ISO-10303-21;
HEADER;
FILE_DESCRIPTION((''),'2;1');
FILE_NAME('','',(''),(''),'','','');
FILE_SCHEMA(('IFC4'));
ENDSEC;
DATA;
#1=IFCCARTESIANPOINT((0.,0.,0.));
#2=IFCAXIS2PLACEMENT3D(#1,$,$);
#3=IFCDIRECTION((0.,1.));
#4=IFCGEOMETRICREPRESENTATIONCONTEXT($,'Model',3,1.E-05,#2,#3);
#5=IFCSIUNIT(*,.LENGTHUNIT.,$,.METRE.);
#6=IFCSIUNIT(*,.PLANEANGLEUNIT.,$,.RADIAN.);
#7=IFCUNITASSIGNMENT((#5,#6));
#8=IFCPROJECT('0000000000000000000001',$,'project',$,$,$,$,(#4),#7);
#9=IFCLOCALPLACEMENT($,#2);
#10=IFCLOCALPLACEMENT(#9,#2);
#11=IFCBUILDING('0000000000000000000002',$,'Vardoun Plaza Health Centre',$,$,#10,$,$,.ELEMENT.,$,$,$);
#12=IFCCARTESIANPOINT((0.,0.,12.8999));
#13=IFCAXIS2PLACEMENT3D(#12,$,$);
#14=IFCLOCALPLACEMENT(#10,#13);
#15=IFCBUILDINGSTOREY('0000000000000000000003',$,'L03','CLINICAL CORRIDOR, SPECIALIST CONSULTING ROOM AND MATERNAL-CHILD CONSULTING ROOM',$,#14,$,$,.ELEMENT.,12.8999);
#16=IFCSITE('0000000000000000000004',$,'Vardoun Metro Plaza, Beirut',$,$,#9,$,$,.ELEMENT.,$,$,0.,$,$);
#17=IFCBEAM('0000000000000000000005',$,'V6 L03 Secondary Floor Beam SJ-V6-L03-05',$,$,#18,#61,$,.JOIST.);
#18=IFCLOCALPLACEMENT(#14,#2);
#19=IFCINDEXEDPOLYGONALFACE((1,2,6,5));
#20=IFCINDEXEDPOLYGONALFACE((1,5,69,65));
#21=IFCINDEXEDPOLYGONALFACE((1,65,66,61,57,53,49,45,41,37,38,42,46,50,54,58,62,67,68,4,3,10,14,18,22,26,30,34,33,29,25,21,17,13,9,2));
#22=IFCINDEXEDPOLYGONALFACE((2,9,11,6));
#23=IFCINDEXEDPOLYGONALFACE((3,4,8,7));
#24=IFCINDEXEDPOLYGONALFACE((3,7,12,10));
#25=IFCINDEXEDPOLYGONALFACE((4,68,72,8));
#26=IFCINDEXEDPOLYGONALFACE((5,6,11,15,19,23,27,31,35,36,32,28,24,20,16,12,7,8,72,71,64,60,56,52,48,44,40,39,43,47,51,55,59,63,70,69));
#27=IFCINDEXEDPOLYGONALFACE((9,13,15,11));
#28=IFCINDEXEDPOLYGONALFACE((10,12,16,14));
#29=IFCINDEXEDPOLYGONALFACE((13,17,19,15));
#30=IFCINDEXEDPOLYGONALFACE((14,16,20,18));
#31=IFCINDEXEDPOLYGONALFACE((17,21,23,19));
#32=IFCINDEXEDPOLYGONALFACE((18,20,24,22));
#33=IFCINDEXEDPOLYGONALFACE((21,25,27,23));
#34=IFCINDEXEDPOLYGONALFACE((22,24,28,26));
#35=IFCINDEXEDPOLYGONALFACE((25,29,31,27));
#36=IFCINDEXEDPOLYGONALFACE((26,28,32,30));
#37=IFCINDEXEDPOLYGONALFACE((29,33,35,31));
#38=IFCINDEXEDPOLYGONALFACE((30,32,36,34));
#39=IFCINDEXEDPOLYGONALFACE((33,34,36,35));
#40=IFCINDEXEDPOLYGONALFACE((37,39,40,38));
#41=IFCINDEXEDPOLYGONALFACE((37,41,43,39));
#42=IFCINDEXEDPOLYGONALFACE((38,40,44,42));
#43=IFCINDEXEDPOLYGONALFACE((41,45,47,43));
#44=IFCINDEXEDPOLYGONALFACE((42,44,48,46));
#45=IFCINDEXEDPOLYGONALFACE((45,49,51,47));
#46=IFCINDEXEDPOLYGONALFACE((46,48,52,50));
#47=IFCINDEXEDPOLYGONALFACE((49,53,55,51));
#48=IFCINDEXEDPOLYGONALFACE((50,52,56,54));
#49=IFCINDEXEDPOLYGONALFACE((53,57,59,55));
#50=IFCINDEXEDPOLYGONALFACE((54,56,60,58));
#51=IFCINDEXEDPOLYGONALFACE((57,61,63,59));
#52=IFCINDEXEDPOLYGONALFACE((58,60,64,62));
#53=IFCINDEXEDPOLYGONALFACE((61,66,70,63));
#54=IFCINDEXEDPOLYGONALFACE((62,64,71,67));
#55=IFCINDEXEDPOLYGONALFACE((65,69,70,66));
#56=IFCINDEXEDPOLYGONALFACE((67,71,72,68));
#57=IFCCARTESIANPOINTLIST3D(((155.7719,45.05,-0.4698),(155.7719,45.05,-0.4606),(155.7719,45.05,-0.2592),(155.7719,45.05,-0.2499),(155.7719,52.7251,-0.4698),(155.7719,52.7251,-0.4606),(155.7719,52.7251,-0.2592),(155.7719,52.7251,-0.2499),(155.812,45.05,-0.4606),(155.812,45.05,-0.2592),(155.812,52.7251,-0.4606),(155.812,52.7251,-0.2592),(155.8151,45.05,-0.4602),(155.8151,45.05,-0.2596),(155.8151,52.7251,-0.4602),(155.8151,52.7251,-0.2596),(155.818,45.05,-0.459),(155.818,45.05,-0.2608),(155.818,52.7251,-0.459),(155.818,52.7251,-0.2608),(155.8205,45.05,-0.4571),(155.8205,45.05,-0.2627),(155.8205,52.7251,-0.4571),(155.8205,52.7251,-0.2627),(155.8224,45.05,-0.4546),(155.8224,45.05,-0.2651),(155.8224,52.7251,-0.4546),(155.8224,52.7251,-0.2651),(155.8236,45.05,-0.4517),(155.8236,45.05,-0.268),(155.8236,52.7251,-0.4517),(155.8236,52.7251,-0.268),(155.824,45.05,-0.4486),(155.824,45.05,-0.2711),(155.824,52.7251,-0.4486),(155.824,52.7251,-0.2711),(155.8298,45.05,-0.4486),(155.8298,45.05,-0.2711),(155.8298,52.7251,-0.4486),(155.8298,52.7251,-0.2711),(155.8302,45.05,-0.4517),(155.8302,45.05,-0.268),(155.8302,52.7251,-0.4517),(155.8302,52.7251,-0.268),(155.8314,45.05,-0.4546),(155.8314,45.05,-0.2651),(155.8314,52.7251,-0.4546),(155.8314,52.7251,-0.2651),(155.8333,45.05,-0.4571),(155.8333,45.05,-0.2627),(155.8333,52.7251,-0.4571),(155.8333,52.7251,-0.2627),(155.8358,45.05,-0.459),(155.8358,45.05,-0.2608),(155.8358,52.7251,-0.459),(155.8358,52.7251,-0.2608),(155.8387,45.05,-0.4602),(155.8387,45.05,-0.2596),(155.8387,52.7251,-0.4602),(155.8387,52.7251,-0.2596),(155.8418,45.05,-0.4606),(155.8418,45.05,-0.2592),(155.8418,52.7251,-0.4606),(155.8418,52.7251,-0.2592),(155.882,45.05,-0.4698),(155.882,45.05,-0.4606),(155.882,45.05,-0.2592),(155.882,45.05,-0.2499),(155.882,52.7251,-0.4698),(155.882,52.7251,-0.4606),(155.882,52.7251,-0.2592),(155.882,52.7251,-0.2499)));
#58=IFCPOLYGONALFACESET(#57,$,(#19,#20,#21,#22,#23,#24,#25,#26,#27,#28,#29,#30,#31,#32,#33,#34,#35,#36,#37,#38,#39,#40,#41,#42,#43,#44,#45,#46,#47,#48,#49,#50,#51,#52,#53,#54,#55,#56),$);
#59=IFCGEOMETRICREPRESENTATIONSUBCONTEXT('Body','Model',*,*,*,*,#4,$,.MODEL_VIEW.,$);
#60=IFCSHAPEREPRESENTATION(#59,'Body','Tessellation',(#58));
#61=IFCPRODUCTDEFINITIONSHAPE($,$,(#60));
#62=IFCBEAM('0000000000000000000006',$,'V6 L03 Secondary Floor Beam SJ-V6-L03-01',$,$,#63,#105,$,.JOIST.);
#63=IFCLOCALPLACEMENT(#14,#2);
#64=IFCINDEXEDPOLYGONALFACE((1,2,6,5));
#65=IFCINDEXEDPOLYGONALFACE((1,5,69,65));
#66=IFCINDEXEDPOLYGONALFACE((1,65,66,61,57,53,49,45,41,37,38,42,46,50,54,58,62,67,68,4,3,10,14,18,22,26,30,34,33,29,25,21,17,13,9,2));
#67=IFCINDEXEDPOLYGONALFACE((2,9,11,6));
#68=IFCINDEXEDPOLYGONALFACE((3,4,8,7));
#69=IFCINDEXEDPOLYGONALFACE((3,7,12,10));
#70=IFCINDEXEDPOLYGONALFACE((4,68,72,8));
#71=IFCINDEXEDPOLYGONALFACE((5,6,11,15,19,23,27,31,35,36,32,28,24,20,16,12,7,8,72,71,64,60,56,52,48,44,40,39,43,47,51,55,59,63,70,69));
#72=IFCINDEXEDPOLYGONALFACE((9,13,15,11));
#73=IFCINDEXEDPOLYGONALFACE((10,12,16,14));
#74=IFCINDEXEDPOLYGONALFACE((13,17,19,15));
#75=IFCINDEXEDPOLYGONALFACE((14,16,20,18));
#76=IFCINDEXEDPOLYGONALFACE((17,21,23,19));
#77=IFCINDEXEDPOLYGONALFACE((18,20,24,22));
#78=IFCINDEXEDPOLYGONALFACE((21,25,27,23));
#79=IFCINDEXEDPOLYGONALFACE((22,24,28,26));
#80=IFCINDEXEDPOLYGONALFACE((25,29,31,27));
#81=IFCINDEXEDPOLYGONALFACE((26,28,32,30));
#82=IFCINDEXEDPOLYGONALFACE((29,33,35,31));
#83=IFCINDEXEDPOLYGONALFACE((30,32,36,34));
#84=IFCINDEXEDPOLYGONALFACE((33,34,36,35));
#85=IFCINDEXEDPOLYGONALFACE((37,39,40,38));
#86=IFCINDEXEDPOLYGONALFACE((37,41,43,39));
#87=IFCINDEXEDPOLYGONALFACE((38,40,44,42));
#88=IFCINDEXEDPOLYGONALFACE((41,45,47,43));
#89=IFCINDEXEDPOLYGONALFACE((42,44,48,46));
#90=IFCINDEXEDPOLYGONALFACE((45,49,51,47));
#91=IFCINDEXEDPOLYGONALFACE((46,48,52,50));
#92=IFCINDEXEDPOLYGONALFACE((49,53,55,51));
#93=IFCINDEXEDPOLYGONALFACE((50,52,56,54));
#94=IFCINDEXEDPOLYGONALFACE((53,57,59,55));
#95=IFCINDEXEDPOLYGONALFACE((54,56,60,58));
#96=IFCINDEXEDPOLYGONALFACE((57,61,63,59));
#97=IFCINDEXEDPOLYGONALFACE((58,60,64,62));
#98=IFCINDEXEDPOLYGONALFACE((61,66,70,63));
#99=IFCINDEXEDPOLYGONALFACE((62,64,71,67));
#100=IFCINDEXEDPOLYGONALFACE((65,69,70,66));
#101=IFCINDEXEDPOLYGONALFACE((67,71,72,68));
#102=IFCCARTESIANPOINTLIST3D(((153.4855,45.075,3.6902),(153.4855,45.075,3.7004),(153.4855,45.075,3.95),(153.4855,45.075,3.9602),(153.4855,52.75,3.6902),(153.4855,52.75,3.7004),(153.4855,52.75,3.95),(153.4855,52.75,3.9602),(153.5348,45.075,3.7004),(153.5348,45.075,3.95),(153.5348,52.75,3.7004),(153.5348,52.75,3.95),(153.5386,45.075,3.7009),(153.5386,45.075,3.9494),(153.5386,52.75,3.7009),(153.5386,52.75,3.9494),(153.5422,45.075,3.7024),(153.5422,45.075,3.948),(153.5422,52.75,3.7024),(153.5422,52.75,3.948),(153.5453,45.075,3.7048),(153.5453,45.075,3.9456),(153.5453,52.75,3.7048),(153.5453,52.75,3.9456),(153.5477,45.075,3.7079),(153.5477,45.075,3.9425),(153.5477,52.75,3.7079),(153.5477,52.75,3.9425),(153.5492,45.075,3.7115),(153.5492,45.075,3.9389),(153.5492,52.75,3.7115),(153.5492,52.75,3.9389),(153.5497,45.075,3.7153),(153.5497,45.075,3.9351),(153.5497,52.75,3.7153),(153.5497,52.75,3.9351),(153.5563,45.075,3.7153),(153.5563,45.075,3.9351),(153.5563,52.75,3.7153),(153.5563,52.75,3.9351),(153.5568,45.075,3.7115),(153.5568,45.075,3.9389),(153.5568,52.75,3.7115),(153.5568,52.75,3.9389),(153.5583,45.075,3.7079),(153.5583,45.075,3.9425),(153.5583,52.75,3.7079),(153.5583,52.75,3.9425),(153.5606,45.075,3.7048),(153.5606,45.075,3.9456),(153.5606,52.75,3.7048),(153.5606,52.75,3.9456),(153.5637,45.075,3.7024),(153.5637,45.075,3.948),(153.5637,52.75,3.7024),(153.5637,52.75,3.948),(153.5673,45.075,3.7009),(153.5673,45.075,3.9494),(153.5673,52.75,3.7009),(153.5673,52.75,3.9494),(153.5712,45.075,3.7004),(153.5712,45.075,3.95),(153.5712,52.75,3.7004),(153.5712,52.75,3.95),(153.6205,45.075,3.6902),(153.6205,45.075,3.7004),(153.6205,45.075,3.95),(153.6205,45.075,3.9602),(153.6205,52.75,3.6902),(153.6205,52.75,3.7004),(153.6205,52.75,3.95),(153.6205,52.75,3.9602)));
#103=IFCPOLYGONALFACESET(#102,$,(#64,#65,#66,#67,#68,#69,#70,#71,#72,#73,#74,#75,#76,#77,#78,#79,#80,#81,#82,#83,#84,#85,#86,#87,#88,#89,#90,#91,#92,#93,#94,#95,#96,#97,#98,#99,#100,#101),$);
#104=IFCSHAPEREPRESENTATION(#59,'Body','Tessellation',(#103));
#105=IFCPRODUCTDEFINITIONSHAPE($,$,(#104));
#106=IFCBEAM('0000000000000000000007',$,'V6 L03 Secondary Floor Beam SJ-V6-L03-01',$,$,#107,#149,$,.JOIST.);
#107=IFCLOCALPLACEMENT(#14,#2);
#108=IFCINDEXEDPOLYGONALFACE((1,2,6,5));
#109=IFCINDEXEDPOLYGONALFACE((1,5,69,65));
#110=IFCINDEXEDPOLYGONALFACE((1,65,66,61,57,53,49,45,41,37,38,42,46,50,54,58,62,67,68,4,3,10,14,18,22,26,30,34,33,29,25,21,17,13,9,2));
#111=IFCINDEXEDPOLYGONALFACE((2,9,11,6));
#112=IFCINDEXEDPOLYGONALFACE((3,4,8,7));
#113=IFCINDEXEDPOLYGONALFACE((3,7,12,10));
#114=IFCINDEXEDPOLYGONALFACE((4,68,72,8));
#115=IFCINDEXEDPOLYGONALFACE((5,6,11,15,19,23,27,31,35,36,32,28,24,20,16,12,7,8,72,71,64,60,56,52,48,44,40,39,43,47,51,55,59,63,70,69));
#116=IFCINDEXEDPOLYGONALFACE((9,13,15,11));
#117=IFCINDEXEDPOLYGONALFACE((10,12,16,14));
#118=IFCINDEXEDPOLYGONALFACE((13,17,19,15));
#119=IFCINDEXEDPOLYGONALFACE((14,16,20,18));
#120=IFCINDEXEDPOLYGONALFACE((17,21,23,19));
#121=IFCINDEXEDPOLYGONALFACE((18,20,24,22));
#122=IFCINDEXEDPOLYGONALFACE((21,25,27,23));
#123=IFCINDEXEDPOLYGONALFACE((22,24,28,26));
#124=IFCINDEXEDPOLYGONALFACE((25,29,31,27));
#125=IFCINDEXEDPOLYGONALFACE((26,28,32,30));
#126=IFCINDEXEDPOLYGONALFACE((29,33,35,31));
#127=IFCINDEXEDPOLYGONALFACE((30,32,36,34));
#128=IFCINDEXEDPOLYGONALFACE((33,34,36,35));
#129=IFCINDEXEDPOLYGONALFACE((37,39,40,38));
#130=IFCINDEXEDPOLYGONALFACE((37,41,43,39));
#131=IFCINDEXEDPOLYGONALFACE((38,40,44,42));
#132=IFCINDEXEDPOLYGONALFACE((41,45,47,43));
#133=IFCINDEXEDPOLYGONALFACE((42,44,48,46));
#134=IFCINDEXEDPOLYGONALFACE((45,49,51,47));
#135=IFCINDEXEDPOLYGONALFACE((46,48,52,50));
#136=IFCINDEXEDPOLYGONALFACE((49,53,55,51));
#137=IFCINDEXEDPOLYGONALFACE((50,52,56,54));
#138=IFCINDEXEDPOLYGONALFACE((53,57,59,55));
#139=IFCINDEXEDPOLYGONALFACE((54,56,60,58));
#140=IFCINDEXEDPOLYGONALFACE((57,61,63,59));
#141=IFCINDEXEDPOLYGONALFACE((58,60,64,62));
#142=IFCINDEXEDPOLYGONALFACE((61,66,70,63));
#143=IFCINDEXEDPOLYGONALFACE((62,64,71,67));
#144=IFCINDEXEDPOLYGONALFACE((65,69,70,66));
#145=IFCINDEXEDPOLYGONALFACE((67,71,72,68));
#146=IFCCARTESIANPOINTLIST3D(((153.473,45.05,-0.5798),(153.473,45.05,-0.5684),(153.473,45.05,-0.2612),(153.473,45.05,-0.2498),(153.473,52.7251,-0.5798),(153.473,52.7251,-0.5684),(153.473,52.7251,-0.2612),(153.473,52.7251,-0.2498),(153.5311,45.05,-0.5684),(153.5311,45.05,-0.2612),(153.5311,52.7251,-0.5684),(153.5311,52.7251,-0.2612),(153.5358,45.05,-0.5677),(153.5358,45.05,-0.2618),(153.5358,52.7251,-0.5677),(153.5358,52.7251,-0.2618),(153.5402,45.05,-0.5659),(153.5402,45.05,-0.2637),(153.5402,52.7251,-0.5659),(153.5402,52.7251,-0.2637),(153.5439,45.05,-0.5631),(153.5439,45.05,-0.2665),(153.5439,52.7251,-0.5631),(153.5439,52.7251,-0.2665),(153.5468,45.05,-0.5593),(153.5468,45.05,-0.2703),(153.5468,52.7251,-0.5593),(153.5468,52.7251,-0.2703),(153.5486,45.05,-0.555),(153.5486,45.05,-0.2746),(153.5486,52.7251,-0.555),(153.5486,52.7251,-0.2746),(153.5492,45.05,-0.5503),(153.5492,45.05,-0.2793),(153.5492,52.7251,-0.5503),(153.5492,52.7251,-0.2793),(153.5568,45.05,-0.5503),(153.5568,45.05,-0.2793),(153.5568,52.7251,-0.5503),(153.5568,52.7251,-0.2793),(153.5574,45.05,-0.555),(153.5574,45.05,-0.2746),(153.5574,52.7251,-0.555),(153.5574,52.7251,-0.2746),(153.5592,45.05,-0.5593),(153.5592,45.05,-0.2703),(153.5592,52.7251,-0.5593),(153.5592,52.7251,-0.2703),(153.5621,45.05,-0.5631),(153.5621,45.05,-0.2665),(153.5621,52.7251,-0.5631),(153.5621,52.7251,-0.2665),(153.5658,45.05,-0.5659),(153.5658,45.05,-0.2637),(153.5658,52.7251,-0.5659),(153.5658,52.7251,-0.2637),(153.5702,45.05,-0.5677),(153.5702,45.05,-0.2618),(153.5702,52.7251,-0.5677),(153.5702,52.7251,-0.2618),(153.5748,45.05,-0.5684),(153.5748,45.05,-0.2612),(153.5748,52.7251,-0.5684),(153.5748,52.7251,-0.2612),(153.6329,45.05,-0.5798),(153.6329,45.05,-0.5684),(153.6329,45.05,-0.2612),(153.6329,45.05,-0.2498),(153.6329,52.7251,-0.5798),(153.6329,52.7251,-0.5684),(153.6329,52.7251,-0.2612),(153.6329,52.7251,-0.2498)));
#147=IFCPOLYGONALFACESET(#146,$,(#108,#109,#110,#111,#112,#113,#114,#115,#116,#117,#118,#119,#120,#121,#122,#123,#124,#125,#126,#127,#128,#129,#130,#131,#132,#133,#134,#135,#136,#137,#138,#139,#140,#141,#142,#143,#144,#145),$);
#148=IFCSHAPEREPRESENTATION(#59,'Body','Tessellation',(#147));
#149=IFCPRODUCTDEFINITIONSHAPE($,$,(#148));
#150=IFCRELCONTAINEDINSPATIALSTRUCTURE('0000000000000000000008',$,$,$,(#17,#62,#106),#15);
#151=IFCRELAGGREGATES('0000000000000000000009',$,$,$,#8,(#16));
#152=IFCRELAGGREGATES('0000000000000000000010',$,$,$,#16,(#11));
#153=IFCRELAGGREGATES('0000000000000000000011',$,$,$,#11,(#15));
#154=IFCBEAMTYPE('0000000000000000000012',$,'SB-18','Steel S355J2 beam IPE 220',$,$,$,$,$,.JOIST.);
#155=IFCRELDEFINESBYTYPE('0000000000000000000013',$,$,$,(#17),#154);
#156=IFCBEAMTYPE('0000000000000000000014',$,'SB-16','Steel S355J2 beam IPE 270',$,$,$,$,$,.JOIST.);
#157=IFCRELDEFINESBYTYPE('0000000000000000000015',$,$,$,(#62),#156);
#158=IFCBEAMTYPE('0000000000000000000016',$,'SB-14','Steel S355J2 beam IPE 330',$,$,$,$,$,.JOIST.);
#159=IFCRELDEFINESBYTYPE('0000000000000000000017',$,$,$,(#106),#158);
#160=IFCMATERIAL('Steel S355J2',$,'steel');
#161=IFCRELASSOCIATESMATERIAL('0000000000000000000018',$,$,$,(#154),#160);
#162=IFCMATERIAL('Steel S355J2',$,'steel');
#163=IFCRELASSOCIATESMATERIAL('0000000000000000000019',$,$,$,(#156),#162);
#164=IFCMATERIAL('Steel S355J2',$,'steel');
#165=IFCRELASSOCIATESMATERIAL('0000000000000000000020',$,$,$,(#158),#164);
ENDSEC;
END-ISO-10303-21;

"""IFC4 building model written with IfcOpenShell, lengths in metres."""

from ifc_helpers import new_model, si_unit, direction, frame, origin, origin_2d, place, context, subcontext, project, spatial, i_section, extrude, material, material_profile, profile_set, type_object, element, save


model = new_model("IFC4")

# Units and contexts
model_context = context("Model", 3, precision=1e-05, world=origin(), true_north=direction((0.0, 1.0)))
body_context = subcontext(model_context, "Body", "Model", "MODEL_VIEW")
ifc_project = project(units=[si_unit("LENGTHUNIT", "METRE"), si_unit("PLANEANGLEUNIT", "RADIAN")], contexts=[model_context])

# Site, building, storey
site_placement = place(None, origin())
site = spatial("IfcSite", under=ifc_project, at=site_placement, Name="Vardoun Metro Plaza, Beirut", CompositionType="ELEMENT", RefElevation=0.0)
building_placement = place(site_placement, origin())
building = spatial("IfcBuilding", under=site, at=building_placement, Name="Vardoun Plaza Health Centre", CompositionType="ELEMENT")
storey_placement = place(building_placement, frame((0.0, 0.0, 12.8999)))
storey = spatial("IfcBuildingStorey", under=building, at=storey_placement, Name="L03", Description="CLINICAL CORRIDOR, SPECIALIST CONSULTING ROOM AND MATERNAL-CHILD CONSULTING ROOM", CompositionType="ELEMENT", Elevation=12.8999)

# Beams
ifc_material_1 = material(Name="Steel S355J2", Category="steel")
ifc_material_profile_1 = material_profile(ifc_material_1, i_section(OverallWidth=0.1101, OverallDepth=0.22, WebThickness=0.0059, FlangeThickness=0.0093, FilletRadius=0.012, at=origin_2d()), Name="IPE 220")
ifc_profile_set_1 = profile_set([ifc_material_profile_1], Name="Steel S355J2")
beam_type_1 = type_object("IfcBeamType", Name="SB-18", Description="Steel S355J2 beam IPE 220", PredefinedType="JOIST", material=ifc_profile_set_1)
beam_1_placement = place(storey_placement, frame((155.8269, 45.05, -0.3599), z_axis=(0.0, 1.0, 0.0), x_axis=(-1.0, 0.0, 0.0)))
element("IfcBeam", 1, at=beam_1_placement, inside=storey, type_object=beam_type_1, Name="V6 L03 Secondary Floor Beam SJ-V6-L03-05", PredefinedType="JOIST", context=body_context, shape_type="SweptSolid", body=[
    extrude(i_section(OverallWidth=0.1101, OverallDepth=0.22, WebThickness=0.0059, FlangeThickness=0.0093, FilletRadius=0.012, at=origin_2d()), origin(), (0.0, 0.0, 1.0), 7.675),
])
ifc_material_2 = material(Name="Steel S355J2", Category="steel")
ifc_material_profile_2 = material_profile(ifc_material_2, i_section(OverallWidth=0.135, OverallDepth=0.27, WebThickness=0.0066, FlangeThickness=0.0103, FilletRadius=0.0149, at=origin_2d()), Name="IPE 270")
ifc_profile_set_2 = profile_set([ifc_material_profile_2], Name="Steel S355J2")
beam_type_2 = type_object("IfcBeamType", Name="SB-16", Description="Steel S355J2 beam IPE 270", PredefinedType="JOIST", material=ifc_profile_set_2)
beam_2_placement = place(storey_placement, frame((153.553, 45.075, 3.8252), z_axis=(0.0, 1.0, 0.0), x_axis=(-1.0, 0.0, 0.0)))
element("IfcBeam", 2, at=beam_2_placement, inside=storey, type_object=beam_type_2, Name="V6 L03 Secondary Floor Beam SJ-V6-L03-01", PredefinedType="JOIST", context=body_context, shape_type="SweptSolid", body=[
    extrude(i_section(OverallWidth=0.135, OverallDepth=0.27, WebThickness=0.0066, FlangeThickness=0.0103, FilletRadius=0.0149, at=origin_2d()), origin(), (0.0, 0.0, 1.0), 7.675),
])
ifc_material_3 = material(Name="Steel S355J2", Category="steel")
ifc_material_profile_3 = material_profile(ifc_material_3, i_section(OverallWidth=0.1599, OverallDepth=0.3301, WebThickness=0.0076, FlangeThickness=0.0115, FilletRadius=0.0181, at=origin_2d()), Name="IPE 330")
ifc_profile_set_3 = profile_set([ifc_material_profile_3], Name="Steel S355J2")
beam_type_3 = type_object("IfcBeamType", Name="SB-14", Description="Steel S355J2 beam IPE 330", PredefinedType="JOIST", material=ifc_profile_set_3)
beam_3_placement = place(storey_placement, frame((153.553, 45.05, -0.4148), z_axis=(0.0, 1.0, 0.0), x_axis=(-1.0, 0.0, 0.0)))
element("IfcBeam", 3, at=beam_3_placement, inside=storey, type_object=beam_type_3, Name="V6 L03 Secondary Floor Beam SJ-V6-L03-01", PredefinedType="JOIST", context=body_context, shape_type="SweptSolid", body=[
    extrude(i_section(OverallWidth=0.1599, OverallDepth=0.3301, WebThickness=0.0076, FlangeThickness=0.0115, FilletRadius=0.0181, at=origin_2d()), origin(), (0.0, 0.0, 1.0), 7.675),
])

save(model, "model.ifc")
